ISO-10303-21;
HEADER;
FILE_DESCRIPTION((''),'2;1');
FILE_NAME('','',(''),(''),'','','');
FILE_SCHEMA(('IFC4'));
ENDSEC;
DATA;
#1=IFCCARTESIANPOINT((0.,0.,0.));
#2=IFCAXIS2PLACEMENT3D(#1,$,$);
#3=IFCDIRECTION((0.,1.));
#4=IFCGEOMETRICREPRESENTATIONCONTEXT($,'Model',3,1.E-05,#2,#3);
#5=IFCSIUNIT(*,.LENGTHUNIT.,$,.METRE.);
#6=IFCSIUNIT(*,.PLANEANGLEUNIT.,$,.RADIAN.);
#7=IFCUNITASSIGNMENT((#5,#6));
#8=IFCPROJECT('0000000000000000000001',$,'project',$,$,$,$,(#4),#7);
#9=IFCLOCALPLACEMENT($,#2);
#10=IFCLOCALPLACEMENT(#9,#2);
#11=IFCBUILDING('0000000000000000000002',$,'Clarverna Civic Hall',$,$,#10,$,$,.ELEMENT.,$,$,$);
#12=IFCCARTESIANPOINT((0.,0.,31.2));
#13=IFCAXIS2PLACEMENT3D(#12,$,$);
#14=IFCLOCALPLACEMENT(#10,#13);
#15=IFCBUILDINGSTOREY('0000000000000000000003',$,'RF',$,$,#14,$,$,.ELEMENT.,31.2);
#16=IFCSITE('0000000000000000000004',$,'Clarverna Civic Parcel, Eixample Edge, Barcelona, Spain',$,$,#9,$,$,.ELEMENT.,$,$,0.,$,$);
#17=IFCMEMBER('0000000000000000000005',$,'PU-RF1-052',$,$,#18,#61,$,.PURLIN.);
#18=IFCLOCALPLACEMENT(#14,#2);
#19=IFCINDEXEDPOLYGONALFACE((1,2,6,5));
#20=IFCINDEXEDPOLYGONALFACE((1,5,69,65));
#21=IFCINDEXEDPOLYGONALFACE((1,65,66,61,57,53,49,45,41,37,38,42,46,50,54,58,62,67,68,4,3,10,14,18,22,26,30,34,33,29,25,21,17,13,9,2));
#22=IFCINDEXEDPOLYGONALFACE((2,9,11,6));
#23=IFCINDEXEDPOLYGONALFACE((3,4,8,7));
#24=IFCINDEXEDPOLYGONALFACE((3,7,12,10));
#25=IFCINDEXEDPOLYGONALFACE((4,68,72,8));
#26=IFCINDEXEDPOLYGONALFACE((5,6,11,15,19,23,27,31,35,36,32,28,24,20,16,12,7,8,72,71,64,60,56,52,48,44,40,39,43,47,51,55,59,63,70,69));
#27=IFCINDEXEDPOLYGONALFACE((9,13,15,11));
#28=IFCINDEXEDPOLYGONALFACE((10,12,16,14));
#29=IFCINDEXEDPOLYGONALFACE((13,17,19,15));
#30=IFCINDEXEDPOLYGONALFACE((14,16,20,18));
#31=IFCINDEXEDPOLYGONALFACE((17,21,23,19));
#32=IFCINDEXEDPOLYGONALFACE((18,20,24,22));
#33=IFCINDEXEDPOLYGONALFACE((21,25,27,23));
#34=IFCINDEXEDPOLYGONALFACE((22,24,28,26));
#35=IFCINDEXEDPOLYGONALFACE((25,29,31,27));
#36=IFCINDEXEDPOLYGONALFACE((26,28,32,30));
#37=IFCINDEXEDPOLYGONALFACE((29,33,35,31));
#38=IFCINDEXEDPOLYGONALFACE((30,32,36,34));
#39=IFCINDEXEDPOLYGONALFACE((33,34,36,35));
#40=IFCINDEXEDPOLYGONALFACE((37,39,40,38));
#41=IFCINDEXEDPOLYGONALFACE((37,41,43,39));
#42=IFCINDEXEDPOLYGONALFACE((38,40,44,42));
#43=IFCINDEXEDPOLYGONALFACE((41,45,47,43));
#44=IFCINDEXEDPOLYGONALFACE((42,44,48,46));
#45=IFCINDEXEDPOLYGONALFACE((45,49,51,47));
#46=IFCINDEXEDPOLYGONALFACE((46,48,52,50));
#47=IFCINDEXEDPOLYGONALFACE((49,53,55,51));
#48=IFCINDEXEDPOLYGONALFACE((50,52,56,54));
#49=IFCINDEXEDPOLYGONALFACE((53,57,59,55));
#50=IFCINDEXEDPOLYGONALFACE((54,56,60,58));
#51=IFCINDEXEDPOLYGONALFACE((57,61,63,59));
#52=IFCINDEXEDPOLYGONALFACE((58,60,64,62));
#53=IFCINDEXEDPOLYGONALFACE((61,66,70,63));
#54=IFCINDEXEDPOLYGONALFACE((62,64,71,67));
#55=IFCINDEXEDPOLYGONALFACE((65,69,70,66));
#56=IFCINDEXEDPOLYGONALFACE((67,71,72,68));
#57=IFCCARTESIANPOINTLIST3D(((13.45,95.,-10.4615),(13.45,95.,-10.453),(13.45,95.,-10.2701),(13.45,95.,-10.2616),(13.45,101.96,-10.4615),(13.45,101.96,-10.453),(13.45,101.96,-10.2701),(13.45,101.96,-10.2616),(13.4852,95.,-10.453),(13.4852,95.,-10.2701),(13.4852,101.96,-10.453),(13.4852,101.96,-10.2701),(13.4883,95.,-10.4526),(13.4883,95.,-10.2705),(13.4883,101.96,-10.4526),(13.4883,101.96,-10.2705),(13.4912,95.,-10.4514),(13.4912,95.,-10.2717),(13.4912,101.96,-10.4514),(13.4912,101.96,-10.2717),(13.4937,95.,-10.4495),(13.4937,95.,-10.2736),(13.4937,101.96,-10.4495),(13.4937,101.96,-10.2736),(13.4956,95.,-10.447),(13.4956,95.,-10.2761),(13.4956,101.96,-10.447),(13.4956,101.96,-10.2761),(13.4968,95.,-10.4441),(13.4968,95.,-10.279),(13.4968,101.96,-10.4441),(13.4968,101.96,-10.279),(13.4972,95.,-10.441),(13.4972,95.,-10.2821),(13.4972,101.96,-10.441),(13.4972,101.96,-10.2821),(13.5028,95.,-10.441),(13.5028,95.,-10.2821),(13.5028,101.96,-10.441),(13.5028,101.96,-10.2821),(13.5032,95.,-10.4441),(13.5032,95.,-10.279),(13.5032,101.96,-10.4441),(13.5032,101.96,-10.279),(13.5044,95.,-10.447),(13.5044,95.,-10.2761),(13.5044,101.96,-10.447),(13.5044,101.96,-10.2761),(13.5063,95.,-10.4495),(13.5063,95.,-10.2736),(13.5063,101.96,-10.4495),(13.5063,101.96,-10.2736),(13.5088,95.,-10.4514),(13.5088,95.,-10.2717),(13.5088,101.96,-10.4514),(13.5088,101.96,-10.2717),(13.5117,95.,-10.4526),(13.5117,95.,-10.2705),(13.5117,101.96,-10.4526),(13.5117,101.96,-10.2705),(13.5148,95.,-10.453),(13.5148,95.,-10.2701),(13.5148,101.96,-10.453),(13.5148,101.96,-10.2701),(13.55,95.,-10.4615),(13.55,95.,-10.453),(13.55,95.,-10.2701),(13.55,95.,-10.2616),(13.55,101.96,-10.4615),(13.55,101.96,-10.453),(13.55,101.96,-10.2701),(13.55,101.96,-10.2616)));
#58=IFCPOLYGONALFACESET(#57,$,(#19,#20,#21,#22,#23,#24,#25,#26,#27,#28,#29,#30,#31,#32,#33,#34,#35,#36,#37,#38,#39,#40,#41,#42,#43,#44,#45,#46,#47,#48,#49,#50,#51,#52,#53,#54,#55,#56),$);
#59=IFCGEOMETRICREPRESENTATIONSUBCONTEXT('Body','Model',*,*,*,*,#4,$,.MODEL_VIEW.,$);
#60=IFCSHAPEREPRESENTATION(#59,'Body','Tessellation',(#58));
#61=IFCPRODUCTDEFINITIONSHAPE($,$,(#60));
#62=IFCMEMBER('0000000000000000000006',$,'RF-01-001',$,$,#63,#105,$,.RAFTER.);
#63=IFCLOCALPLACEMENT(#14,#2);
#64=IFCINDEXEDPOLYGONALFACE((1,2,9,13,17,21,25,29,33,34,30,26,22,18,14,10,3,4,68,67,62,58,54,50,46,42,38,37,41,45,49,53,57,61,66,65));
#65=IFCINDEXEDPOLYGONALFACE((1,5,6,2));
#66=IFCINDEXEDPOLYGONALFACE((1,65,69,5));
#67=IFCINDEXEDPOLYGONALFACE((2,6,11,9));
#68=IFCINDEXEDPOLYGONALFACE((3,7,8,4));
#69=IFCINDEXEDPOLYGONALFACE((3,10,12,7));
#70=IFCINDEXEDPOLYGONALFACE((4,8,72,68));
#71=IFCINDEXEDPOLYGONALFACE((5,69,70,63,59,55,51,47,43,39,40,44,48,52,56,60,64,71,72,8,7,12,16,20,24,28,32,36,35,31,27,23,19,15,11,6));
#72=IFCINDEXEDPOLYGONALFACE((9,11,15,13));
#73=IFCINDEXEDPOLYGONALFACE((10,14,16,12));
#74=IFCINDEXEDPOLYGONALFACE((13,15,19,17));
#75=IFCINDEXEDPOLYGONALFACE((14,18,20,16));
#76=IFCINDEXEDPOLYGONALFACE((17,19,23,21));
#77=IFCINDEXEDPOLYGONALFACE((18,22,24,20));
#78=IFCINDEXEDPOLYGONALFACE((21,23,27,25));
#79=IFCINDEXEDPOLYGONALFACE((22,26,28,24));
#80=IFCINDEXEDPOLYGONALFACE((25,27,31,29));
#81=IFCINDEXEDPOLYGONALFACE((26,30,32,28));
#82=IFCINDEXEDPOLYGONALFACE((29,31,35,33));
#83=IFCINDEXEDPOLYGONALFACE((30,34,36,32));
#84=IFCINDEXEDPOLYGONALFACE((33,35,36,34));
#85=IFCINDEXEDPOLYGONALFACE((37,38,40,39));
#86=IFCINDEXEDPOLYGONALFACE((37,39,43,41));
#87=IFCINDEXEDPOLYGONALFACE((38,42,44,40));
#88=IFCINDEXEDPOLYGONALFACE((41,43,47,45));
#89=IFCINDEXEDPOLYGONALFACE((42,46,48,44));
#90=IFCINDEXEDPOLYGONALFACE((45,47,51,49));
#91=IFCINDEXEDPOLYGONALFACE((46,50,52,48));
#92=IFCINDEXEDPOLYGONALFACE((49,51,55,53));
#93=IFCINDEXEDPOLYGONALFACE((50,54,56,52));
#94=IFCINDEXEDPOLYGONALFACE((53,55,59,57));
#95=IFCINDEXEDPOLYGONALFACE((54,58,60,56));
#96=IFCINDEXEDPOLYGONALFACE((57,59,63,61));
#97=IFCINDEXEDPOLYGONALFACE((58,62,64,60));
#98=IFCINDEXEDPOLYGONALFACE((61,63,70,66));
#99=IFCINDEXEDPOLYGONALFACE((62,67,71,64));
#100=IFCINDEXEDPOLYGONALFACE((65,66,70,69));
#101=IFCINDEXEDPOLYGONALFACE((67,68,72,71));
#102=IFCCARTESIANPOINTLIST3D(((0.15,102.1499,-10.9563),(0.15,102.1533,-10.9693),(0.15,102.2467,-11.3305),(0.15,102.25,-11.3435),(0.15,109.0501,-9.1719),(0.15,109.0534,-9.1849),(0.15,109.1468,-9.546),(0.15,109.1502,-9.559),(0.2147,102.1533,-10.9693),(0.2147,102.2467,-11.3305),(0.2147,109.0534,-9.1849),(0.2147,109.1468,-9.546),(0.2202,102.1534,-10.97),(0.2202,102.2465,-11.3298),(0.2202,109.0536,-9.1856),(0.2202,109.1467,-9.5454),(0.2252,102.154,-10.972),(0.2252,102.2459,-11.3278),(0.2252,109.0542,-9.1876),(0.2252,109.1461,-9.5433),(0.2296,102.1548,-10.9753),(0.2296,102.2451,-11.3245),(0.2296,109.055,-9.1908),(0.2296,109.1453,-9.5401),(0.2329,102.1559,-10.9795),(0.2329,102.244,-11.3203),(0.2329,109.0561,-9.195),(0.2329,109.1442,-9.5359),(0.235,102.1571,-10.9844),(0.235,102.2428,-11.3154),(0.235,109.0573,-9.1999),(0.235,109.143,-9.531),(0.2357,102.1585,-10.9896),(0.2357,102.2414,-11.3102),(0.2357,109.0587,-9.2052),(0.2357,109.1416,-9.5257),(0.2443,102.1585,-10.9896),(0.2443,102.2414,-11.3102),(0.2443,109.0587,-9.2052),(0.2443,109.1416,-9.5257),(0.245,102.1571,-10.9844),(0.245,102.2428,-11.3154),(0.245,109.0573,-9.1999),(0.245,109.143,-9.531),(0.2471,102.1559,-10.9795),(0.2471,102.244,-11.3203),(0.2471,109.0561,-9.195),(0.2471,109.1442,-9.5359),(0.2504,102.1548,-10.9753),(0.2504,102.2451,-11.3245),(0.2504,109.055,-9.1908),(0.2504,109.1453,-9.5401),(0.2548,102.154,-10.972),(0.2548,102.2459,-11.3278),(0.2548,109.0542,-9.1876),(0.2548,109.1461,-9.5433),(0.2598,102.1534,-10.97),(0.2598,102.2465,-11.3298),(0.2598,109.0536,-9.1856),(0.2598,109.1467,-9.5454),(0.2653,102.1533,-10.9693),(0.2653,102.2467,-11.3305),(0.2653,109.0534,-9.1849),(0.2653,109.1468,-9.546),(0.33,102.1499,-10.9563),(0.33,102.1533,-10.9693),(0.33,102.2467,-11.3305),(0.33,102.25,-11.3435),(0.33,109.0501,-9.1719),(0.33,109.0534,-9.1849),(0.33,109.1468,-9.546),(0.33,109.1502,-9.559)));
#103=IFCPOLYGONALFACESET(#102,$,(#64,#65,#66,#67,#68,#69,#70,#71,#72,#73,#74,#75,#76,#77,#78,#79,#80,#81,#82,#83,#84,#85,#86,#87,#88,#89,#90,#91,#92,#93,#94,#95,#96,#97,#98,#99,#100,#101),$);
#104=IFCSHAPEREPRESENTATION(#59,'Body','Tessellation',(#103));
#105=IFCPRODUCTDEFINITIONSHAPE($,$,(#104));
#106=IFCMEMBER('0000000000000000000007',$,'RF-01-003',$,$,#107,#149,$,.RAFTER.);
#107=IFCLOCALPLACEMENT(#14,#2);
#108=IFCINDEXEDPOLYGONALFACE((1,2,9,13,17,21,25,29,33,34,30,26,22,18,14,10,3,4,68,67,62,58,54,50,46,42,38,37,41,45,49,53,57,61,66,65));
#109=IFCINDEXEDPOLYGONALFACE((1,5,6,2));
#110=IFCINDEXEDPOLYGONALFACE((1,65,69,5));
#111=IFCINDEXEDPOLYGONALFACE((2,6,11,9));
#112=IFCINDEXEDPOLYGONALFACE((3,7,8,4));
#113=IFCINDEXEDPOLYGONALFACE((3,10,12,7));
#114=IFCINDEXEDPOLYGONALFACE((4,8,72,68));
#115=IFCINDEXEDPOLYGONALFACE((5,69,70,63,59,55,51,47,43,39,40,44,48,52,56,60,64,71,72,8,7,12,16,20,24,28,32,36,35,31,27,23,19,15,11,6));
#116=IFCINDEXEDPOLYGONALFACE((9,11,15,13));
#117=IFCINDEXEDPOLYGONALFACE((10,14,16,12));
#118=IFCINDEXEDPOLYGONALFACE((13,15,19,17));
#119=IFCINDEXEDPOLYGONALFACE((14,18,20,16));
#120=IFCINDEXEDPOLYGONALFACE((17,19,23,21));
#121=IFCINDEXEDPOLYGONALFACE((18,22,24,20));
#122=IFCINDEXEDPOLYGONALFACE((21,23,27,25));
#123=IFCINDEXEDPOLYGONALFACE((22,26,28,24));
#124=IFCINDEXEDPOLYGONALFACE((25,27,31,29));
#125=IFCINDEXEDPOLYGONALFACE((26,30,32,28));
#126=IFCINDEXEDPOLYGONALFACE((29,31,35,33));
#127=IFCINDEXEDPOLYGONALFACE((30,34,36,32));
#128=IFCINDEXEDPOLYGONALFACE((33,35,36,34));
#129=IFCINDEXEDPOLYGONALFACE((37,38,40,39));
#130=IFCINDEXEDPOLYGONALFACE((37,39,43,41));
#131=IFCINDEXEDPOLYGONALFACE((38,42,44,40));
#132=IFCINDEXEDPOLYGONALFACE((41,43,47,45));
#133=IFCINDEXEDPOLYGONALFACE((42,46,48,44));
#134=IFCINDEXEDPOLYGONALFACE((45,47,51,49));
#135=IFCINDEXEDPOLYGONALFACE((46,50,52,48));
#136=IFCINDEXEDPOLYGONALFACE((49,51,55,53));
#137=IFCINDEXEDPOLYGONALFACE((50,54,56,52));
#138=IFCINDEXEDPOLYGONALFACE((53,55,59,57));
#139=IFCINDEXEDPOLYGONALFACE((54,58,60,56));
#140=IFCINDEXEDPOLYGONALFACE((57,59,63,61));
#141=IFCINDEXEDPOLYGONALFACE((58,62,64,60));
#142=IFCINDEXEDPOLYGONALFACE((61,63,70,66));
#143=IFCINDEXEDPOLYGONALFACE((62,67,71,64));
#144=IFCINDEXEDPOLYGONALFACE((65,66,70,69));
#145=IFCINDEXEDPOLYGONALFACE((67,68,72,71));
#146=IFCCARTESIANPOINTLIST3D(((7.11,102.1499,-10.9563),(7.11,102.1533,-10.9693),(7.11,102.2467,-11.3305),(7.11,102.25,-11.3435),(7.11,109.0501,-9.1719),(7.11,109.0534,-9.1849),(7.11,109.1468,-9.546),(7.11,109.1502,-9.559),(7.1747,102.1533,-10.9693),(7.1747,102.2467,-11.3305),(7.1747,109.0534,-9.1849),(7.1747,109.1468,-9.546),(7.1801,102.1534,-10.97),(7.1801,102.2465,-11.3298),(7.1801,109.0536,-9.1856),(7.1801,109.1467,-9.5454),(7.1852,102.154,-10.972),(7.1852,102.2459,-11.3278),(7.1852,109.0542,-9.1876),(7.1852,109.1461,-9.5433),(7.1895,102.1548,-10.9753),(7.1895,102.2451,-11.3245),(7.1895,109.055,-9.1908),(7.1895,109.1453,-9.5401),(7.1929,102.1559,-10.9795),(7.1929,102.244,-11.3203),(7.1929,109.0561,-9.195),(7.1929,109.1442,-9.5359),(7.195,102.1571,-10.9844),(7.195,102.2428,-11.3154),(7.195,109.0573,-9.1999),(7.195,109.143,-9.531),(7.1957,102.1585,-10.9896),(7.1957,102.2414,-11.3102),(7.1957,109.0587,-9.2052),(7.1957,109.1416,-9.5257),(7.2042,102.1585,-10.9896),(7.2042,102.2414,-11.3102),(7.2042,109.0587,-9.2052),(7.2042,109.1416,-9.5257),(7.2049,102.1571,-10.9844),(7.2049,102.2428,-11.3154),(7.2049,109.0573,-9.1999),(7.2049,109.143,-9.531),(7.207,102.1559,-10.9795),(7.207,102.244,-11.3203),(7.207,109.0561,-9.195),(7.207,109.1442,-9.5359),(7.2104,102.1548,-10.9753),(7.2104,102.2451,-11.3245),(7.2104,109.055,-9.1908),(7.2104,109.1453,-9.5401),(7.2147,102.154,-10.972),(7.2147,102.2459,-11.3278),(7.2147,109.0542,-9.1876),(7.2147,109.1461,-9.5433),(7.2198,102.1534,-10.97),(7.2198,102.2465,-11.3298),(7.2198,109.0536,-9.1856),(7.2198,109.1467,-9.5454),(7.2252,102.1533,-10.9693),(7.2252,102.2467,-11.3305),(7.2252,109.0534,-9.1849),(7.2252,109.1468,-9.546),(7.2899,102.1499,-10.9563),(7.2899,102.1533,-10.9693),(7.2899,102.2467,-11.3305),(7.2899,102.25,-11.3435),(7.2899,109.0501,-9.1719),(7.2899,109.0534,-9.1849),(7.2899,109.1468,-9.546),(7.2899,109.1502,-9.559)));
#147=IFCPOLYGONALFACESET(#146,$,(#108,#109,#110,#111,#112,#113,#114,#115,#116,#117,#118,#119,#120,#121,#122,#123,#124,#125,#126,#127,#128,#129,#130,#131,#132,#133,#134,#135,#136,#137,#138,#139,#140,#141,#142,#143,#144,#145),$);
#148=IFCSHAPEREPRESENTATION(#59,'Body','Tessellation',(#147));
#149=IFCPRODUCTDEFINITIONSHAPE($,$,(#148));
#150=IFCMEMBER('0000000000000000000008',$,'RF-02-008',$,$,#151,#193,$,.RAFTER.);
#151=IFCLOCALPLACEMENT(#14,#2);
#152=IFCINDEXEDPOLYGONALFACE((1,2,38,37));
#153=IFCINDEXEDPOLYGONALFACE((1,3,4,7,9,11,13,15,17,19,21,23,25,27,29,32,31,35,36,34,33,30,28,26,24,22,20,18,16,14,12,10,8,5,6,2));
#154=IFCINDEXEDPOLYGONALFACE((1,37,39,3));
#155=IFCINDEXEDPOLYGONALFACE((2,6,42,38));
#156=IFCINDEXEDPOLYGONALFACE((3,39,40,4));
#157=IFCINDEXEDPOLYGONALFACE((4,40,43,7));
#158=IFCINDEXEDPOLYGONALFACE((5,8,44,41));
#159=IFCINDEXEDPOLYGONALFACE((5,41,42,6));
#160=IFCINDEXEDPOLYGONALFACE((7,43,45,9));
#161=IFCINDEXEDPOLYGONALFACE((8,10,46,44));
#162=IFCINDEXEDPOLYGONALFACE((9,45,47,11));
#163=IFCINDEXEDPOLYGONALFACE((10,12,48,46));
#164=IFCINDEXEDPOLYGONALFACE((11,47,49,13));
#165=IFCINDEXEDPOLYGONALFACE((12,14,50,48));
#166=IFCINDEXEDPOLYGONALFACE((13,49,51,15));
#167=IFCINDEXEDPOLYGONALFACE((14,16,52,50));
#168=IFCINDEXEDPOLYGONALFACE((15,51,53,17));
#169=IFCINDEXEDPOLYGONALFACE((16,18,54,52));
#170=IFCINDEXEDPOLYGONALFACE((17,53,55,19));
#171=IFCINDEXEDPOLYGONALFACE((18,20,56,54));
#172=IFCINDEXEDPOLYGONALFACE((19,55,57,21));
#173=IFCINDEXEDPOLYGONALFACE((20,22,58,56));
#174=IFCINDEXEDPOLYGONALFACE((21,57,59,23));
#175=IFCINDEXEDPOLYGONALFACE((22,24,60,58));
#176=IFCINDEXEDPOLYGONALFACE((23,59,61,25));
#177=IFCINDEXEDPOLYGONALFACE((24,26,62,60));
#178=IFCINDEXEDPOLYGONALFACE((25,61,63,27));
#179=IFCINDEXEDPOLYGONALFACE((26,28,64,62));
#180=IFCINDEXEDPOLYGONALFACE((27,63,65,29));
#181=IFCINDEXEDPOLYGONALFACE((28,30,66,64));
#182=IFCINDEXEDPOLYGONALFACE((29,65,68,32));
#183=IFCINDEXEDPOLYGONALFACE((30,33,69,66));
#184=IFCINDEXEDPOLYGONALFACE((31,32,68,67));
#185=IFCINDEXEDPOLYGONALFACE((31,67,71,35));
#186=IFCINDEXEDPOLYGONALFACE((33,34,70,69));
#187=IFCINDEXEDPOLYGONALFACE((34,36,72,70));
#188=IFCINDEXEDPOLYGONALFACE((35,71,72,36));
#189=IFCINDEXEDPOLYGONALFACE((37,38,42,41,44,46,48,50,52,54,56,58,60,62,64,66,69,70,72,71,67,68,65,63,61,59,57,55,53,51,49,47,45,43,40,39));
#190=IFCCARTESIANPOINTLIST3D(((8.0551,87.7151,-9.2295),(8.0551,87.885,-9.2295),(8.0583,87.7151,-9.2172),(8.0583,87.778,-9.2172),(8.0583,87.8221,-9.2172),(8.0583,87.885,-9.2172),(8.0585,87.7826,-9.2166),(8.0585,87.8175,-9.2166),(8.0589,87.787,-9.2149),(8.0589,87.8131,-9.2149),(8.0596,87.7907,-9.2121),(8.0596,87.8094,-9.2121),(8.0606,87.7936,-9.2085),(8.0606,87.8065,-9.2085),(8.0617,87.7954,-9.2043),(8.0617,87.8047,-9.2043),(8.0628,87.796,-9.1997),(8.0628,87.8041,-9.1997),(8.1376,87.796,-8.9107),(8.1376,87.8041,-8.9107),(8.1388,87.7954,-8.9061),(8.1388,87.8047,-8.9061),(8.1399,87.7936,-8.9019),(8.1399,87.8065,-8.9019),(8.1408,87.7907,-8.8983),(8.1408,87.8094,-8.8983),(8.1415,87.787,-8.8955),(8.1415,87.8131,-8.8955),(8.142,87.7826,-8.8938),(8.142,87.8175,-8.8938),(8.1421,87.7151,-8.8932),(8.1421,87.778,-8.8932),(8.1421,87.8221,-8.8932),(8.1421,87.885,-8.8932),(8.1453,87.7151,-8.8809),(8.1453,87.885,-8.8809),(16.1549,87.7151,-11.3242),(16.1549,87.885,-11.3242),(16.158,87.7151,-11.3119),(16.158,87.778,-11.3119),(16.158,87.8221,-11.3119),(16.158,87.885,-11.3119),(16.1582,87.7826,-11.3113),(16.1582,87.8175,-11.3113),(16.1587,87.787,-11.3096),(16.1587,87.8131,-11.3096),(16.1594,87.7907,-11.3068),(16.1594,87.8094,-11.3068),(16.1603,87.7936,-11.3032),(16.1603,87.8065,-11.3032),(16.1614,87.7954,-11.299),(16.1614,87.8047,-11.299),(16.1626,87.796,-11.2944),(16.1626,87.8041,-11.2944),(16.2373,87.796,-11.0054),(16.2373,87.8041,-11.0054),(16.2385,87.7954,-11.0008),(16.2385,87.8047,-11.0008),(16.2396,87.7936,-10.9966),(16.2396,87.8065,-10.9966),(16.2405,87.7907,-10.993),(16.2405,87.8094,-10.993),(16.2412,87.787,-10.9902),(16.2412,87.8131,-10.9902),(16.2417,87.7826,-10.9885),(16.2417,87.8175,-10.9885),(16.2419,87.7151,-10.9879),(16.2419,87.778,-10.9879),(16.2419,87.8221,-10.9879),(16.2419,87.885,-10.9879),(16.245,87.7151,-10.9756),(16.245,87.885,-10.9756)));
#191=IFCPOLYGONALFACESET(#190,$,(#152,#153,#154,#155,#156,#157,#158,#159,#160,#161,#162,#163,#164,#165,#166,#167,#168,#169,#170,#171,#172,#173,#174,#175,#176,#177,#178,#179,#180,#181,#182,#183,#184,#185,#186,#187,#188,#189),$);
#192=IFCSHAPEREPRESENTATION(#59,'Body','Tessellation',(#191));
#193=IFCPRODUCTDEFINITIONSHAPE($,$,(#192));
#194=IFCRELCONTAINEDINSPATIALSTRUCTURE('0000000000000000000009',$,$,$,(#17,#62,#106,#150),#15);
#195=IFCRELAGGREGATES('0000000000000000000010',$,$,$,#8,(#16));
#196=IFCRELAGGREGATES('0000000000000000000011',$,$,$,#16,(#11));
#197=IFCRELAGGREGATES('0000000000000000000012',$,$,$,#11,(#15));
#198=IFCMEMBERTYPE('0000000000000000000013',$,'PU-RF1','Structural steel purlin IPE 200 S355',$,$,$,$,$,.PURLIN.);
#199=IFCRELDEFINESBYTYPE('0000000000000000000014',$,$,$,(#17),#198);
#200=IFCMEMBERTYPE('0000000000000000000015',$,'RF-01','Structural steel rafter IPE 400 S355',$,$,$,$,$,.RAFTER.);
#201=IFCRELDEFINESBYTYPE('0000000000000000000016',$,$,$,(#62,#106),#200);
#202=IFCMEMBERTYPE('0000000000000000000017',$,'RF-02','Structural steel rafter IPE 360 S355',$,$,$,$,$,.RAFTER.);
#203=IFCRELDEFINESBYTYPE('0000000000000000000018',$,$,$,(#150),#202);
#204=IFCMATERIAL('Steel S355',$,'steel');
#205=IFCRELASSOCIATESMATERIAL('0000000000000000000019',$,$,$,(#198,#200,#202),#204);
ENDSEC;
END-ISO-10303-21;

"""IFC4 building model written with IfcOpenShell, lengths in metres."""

from ifc_helpers import new_model, si_unit, direction, frame, origin, origin_2d, place, context, subcontext, project, spatial, i_section, extrude, material, material_profile, profile_set, type_object, element, save


model = new_model("IFC4")

# Units and contexts
model_context = context("Model", 3, precision=1e-05, world=origin(), true_north=direction((0.0, 1.0)))
body_context = subcontext(model_context, "Body", "Model", "MODEL_VIEW")
ifc_project = project(units=[si_unit("LENGTHUNIT", "METRE"), si_unit("PLANEANGLEUNIT", "RADIAN")], contexts=[model_context])

# Site, building, storey
site_placement = place(None, origin())
site = spatial("IfcSite", under=ifc_project, at=site_placement, Name="Clarverna Civic Parcel, Eixample Edge, Barcelona, Spain", CompositionType="ELEMENT", RefElevation=0.0)
building_placement = place(site_placement, origin())
building = spatial("IfcBuilding", under=site, at=building_placement, Name="Clarverna Civic Hall", CompositionType="ELEMENT")
storey_placement = place(building_placement, frame((0.0, 0.0, 31.2)))
storey = spatial("IfcBuildingStorey", under=building, at=storey_placement, Name="RF", CompositionType="ELEMENT", Elevation=31.2)

# Members
ifc_material_1 = material(Name="Steel S355", Category="steel")
ifc_material_profile_1 = material_profile(ifc_material_1, i_section(OverallWidth=0.1001, OverallDepth=0.2, WebThickness=0.0056, FlangeThickness=0.0085, FilletRadius=0.012, at=origin_2d()), Name="IPE 200")
ifc_profile_set_1 = profile_set([ifc_material_profile_1], Name="Steel S355")
member_type_1 = type_object("IfcMemberType", Name="PU-RF1", Description="Structural steel purlin IPE 200 S355", PredefinedType="PURLIN", material=ifc_profile_set_1)
member_1_placement = place(storey_placement, frame((13.5, 95.0, -10.3616), z_axis=(0.0, 1.0, 0.0), x_axis=(-1.0, 0.0, 0.0)))
element("IfcMember", 1, at=member_1_placement, inside=storey, type_object=member_type_1, Name="PU-RF1-052", PredefinedType="PURLIN", context=body_context, shape_type="SweptSolid", body=[
    extrude(i_section(OverallWidth=0.1001, OverallDepth=0.2, WebThickness=0.0056, FlangeThickness=0.0085, FilletRadius=0.012, at=origin_2d()), origin(), (0.0, 0.0, 1.0), 6.96),
])
ifc_material_profile_2 = material_profile(ifc_material_1, i_section(OverallWidth=0.1799, OverallDepth=0.3999, WebThickness=0.0085, FlangeThickness=0.0134, FilletRadius=0.021, at=origin_2d()), Name="IPE 400")
ifc_profile_set_2 = profile_set([ifc_material_profile_2], Name="Steel S355")
member_type_2 = type_object("IfcMemberType", Name="RF-01", Description="Structural steel rafter IPE 400 S355", PredefinedType="RAFTER", material=ifc_profile_set_2)
for number, where, z_axis, x_axis, name in (
    (2, (0.24, 102.2, -11.1499), (0.0, 0.96815, 0.25037), (-1.0, 0.0, 0.0), "RF-01-001"),
    (3, (7.2, 102.2, -11.1499), (0.0, 0.96815, 0.25037), (-1.0, 0.0, 0.0), "RF-01-003"),
):
    element("IfcMember", number, at=place(storey_placement, frame(where, z_axis=z_axis, x_axis=x_axis)), inside=storey, type_object=member_type_2, Name=name, PredefinedType="RAFTER", context=body_context, shape_type="SweptSolid", body=[
        extrude(i_section(OverallWidth=0.1799, OverallDepth=0.3999, WebThickness=0.0085, FlangeThickness=0.0134, FilletRadius=0.021, at=origin_2d()), origin(), (0.0, 0.0, 1.0), 7.1272),
    ])
ifc_material_profile_3 = material_profile(ifc_material_1, i_section(OverallWidth=0.1699, OverallDepth=0.3601, WebThickness=0.0081, FlangeThickness=0.0127, FilletRadius=0.0181, at=origin_2d()), Name="IPE 360")
ifc_profile_set_3 = profile_set([ifc_material_profile_3], Name="Steel S355")
member_type_3 = type_object("IfcMemberType", Name="RF-02", Description="Structural steel rafter IPE 360 S355", PredefinedType="RAFTER", material=ifc_profile_set_3)
member_2_placement = place(storey_placement, frame((16.2, 87.8, -11.1499), z_axis=(-0.968149, 0.0, 0.250376), x_axis=(0.0, -1.0, 0.0)))
element("IfcMember", 4, at=member_2_placement, inside=storey, type_object=member_type_3, Name="RF-02-008", PredefinedType="RAFTER", context=body_context, shape_type="SweptSolid", body=[
    extrude(i_section(OverallWidth=0.1699, OverallDepth=0.3601, WebThickness=0.0081, FlangeThickness=0.0127, FilletRadius=0.0181, at=origin_2d()), origin(), (0.0, 0.0, 1.0), 8.3662),
])

save(model, "model.ifc")
